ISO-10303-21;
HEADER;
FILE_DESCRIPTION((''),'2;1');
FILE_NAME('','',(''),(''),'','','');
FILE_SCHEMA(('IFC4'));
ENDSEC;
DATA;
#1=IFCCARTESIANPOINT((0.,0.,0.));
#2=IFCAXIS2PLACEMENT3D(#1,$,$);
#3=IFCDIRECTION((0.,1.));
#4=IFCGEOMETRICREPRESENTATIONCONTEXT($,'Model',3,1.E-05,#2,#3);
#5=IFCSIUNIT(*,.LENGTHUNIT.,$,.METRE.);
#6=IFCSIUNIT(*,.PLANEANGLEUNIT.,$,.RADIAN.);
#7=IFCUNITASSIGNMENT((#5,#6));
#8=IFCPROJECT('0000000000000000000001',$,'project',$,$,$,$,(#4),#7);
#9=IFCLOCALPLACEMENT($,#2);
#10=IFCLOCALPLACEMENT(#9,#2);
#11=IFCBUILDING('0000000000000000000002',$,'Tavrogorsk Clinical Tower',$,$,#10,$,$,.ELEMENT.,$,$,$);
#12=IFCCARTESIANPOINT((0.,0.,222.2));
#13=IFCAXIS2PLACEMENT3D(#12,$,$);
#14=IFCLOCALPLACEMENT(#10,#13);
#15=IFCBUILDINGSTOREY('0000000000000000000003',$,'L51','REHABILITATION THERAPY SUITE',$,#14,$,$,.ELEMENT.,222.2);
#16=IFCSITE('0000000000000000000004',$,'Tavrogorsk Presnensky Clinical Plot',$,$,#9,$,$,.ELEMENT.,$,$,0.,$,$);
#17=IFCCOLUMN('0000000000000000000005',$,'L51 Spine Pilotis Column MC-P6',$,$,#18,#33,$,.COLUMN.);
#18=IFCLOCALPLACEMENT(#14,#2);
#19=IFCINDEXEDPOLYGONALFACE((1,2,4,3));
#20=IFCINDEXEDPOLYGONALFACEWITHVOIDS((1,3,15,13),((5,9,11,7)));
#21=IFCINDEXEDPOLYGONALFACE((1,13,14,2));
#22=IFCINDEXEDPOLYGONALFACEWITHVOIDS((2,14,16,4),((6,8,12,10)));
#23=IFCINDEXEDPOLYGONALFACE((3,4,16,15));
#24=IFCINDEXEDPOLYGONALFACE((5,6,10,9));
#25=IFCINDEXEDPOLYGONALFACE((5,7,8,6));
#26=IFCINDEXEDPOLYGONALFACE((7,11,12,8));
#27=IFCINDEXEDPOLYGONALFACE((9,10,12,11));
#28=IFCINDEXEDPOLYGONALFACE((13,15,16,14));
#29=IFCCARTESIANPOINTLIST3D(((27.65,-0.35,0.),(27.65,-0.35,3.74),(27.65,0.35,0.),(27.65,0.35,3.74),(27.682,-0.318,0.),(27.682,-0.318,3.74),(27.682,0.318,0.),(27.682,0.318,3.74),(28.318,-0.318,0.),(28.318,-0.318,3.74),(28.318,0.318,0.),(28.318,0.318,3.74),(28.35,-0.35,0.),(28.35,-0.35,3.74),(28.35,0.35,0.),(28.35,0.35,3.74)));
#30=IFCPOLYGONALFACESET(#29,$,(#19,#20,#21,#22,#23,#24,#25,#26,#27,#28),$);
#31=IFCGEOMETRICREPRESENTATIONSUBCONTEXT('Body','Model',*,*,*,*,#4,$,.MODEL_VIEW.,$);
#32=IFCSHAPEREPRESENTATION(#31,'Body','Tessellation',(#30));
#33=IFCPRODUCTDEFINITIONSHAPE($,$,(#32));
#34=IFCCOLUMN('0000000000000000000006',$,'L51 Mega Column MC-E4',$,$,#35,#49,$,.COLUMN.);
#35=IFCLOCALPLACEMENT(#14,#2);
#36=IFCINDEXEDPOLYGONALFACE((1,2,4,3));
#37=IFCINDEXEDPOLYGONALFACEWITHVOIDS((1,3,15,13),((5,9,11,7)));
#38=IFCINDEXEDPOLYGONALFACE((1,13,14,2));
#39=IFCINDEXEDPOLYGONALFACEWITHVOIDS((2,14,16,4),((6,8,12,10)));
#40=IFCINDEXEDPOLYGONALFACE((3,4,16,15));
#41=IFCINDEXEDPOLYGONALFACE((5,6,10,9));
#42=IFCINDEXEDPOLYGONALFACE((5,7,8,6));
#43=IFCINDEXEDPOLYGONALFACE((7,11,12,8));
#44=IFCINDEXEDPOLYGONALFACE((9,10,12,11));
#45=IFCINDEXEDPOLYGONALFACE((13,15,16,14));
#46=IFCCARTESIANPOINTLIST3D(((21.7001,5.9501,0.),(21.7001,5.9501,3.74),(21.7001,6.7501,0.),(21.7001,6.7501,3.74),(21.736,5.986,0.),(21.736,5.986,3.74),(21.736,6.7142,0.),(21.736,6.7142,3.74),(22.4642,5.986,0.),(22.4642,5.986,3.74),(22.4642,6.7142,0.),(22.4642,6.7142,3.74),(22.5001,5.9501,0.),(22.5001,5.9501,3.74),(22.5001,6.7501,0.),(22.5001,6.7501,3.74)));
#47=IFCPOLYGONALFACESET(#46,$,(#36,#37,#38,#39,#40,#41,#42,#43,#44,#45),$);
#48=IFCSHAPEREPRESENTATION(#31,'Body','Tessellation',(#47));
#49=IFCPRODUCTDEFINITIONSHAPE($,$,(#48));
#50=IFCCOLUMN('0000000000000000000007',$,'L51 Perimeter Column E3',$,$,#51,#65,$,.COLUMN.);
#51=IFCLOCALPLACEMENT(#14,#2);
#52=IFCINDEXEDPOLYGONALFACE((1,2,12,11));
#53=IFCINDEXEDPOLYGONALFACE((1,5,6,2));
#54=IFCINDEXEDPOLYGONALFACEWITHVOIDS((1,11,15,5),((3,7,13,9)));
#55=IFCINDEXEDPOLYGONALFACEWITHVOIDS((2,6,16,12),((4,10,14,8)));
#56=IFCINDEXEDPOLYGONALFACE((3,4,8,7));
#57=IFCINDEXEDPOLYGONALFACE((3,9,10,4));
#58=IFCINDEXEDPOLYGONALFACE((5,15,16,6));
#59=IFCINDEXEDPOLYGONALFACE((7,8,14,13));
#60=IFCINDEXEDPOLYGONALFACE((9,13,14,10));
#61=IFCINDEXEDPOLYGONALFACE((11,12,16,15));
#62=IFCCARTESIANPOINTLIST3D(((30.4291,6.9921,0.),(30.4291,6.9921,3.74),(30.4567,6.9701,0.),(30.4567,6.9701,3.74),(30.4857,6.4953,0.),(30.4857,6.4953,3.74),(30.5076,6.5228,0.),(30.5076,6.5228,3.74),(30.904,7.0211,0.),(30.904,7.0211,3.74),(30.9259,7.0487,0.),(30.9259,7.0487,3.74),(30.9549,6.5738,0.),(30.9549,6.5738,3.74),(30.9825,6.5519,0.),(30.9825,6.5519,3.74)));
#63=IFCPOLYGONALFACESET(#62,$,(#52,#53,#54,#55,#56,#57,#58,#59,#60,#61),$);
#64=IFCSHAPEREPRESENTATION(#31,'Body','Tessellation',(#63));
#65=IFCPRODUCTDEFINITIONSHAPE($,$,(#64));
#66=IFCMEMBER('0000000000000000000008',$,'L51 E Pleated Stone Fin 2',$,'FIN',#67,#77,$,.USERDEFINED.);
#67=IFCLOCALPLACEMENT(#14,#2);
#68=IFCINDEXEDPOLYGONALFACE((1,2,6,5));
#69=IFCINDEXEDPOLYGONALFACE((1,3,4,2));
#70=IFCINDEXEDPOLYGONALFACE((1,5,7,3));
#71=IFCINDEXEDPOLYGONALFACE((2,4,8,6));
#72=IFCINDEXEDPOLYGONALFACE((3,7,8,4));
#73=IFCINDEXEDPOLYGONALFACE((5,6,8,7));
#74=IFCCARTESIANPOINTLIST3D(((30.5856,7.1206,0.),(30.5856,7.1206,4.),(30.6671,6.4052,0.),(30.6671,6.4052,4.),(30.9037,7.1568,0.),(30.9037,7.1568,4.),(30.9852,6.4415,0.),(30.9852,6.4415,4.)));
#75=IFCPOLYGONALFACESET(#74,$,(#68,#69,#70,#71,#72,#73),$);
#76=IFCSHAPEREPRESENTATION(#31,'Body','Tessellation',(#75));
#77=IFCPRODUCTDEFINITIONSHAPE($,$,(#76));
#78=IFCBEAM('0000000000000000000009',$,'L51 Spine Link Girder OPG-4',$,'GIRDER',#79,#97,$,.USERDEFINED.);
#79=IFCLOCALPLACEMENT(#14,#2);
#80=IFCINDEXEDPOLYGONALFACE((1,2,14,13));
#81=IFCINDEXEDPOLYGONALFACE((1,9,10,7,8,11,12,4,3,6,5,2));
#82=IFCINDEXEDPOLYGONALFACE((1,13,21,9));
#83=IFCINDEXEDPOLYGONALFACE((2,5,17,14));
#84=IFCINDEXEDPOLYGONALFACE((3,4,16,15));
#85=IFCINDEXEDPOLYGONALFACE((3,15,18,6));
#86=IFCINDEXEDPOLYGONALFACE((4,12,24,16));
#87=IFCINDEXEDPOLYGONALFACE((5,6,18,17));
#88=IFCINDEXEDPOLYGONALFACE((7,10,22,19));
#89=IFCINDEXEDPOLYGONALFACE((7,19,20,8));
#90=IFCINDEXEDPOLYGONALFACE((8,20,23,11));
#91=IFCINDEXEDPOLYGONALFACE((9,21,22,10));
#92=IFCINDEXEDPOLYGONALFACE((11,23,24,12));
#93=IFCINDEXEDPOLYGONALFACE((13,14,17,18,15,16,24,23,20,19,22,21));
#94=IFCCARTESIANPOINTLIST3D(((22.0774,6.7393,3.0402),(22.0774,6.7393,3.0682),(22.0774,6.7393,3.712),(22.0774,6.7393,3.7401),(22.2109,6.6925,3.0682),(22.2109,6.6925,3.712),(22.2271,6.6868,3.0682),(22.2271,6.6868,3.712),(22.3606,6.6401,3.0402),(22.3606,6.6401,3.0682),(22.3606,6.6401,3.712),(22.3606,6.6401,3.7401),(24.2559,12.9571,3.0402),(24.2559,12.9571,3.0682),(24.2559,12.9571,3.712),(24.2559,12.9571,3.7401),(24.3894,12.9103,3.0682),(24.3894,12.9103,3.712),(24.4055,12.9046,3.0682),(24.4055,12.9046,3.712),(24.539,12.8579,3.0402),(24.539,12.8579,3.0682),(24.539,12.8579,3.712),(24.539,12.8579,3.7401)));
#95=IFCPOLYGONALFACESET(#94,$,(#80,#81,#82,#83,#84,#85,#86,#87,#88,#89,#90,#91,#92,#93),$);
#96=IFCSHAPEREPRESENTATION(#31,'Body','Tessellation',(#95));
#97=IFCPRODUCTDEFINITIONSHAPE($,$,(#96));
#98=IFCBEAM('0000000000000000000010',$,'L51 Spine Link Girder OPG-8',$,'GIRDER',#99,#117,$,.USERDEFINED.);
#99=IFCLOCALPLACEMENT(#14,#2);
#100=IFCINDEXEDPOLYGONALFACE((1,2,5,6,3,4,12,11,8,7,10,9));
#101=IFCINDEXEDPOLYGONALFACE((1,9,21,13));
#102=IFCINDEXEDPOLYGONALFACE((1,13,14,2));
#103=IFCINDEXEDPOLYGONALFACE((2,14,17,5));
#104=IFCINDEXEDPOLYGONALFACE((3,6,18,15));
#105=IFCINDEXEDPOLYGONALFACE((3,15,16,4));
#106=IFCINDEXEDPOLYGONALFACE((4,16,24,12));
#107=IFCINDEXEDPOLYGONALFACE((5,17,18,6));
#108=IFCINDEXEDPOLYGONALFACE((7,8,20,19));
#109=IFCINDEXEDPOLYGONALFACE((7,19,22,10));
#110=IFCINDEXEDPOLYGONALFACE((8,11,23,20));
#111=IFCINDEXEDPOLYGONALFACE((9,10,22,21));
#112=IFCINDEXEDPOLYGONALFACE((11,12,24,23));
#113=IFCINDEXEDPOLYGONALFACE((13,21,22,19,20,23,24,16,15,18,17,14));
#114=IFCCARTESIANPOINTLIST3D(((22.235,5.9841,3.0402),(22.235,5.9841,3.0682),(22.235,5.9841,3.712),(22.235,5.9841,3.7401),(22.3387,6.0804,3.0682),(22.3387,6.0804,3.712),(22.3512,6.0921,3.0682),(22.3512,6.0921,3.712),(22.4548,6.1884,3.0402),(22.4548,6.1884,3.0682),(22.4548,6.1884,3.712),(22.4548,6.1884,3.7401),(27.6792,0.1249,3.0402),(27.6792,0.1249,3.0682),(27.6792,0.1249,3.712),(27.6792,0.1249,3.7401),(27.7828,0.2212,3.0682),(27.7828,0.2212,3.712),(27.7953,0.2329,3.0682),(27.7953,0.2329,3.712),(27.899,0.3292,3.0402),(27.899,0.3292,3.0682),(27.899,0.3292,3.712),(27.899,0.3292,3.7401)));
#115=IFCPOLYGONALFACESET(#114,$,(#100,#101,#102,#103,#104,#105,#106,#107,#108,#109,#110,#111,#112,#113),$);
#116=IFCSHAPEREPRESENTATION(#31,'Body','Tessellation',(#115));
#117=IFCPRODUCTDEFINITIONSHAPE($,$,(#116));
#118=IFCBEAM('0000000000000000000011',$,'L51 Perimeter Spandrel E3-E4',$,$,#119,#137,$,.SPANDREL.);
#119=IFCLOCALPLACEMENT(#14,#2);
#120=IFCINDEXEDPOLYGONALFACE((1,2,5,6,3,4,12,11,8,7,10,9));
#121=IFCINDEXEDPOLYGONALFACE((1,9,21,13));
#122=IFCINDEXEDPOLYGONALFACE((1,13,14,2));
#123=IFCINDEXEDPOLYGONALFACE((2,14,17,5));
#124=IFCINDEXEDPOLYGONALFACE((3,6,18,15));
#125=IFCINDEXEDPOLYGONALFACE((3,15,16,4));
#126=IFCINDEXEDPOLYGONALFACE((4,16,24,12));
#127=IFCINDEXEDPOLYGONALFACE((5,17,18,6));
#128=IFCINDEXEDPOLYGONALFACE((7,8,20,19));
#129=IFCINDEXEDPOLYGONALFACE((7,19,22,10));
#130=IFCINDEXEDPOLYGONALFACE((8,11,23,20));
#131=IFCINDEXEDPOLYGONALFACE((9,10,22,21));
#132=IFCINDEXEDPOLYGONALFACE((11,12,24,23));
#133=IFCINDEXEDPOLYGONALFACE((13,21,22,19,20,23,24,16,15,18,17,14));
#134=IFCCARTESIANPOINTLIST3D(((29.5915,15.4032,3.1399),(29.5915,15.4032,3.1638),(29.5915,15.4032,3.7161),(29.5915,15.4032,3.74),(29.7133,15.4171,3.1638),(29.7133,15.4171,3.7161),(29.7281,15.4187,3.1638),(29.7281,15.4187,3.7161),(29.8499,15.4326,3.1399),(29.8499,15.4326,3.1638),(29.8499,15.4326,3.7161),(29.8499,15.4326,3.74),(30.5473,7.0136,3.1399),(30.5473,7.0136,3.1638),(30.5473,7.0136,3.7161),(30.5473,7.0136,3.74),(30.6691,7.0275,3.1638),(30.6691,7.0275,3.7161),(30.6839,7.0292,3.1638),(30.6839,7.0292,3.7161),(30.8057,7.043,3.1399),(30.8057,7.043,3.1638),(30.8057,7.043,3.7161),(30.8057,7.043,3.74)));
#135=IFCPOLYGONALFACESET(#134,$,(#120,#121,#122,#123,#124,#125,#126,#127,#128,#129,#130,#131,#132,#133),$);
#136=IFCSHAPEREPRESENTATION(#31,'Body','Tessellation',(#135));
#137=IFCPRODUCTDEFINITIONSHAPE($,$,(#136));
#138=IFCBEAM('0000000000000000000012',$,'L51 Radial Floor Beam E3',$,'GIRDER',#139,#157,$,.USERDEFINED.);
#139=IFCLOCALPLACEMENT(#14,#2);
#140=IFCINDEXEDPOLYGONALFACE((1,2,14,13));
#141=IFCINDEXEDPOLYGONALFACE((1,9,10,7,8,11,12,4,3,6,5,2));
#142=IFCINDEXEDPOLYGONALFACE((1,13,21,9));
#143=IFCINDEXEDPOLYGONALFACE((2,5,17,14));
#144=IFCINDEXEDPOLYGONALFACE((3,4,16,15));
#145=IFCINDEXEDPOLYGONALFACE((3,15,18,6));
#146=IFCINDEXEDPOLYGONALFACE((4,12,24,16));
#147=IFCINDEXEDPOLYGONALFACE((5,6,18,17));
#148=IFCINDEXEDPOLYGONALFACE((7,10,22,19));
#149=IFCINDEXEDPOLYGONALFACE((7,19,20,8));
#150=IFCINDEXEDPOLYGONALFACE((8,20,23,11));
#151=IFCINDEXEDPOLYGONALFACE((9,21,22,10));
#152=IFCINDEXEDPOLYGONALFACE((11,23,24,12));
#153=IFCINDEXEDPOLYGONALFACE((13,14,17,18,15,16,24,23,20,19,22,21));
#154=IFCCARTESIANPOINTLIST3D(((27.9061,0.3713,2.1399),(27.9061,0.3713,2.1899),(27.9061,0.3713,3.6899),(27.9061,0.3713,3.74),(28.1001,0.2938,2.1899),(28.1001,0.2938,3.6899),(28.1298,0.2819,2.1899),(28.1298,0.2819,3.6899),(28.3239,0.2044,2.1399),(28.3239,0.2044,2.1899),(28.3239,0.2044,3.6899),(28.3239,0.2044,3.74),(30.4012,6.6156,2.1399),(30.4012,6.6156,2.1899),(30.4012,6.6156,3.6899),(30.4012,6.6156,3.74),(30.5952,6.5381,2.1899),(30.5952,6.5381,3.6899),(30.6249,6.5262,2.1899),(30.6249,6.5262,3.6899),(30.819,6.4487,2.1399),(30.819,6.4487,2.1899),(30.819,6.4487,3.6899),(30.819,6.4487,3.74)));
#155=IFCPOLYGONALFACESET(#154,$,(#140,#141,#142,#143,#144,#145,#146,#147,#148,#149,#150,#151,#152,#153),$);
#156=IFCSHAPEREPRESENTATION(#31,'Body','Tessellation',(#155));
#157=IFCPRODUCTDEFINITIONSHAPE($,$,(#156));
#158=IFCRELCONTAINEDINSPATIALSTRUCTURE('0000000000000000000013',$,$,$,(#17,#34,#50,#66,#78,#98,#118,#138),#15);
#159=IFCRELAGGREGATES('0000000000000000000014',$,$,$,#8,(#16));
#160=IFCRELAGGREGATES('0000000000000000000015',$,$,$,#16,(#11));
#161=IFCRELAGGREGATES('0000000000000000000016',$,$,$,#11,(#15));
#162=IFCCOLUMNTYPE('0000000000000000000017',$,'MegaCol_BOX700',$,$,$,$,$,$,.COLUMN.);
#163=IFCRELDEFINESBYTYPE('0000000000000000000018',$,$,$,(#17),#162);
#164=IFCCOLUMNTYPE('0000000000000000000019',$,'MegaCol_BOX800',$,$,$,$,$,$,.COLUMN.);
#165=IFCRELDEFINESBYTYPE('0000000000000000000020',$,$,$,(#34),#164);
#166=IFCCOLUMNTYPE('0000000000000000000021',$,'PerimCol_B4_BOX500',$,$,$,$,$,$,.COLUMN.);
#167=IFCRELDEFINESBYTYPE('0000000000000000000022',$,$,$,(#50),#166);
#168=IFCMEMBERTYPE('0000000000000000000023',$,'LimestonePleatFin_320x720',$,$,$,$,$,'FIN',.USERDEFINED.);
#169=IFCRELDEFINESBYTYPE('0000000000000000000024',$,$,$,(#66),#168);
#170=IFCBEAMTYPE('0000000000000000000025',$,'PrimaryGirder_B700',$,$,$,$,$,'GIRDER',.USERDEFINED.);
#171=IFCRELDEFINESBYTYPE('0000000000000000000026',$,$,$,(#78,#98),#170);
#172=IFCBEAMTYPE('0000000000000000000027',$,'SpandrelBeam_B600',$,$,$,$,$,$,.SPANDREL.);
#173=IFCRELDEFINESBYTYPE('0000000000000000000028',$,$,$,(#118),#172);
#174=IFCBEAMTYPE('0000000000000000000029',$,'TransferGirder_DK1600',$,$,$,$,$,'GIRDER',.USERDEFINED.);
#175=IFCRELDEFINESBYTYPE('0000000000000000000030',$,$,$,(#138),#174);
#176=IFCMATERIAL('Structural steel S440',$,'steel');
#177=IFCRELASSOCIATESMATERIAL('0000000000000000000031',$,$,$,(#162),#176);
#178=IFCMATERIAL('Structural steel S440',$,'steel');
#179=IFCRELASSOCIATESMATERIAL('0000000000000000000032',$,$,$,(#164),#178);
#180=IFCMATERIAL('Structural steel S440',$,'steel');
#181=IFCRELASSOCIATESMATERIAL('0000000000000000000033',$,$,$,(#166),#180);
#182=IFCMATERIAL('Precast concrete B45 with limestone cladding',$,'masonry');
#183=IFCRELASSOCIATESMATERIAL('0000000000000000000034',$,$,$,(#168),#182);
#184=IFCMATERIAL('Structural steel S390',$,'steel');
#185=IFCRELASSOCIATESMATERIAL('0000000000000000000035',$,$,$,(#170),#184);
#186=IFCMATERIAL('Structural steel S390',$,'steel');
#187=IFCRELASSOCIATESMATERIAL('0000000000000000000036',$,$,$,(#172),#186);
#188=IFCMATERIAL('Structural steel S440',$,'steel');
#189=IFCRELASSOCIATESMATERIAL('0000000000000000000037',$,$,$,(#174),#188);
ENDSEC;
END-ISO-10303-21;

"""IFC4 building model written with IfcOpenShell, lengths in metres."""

from ifc_helpers import new_model, si_unit, direction, frame, origin, origin_2d, place, context, subcontext, project, spatial, rectangle, hollow_rectangle, i_section, extrude, material, material_profile, profile_set, type_object, element, save


model = new_model("IFC4")

# Units and contexts
model_context = context("Model", 3, precision=1e-05, world=origin(), true_north=direction((0.0, 1.0)))
body_context = subcontext(model_context, "Body", "Model", "MODEL_VIEW")
ifc_project = project(units=[si_unit("LENGTHUNIT", "METRE"), si_unit("PLANEANGLEUNIT", "RADIAN")], contexts=[model_context])

# Site, building, storey
site_placement = place(None, origin())
site = spatial("IfcSite", under=ifc_project, at=site_placement, Name="Tavrogorsk Presnensky Clinical Plot", CompositionType="ELEMENT", RefElevation=0.0)
building_placement = place(site_placement, origin())
building = spatial("IfcBuilding", under=site, at=building_placement, Name="Tavrogorsk Clinical Tower", CompositionType="ELEMENT")
storey_placement = place(building_placement, frame((0.0, 0.0, 222.2)))
storey = spatial("IfcBuildingStorey", under=building, at=storey_placement, Name="L51", Description="REHABILITATION THERAPY SUITE", CompositionType="ELEMENT", Elevation=222.2)

# Columns
ifc_material_1 = material(Name="Structural steel S440", Category="steel")
ifc_material_profile_1 = material_profile(ifc_material_1, hollow_rectangle(XDim=0.7, YDim=0.7, WallThickness=0.032, at=origin_2d()), Name="BOX-700x700x32")
ifc_profile_set_1 = profile_set([ifc_material_profile_1], Name="Structural steel S440")
column_type_1 = type_object("IfcColumnType", Name="MegaCol_BOX700", PredefinedType="COLUMN", material=ifc_profile_set_1)
column_1_placement = place(storey_placement, frame((28.0, 0.0, 0.0), z_axis=(0.0, 0.0, 1.0), x_axis=(1.0, 0.0, 0.0)))
element("IfcColumn", 1, at=column_1_placement, inside=storey, type_object=column_type_1, Name="L51 Spine Pilotis Column MC-P6", PredefinedType="COLUMN", context=body_context, shape_type="SweptSolid", body=[
    extrude(hollow_rectangle(XDim=0.7, YDim=0.7, WallThickness=0.032, at=origin_2d()), origin(), (0.0, 0.0, 1.0), 3.74),
])
ifc_material_2 = material(Name="Structural steel S440", Category="steel")
ifc_material_profile_2 = material_profile(ifc_material_2, hollow_rectangle(XDim=0.8, YDim=0.8, WallThickness=0.0359, at=origin_2d()), Name="BOX-800x800x36")
ifc_profile_set_2 = profile_set([ifc_material_profile_2], Name="Structural steel S440")
column_type_2 = type_object("IfcColumnType", Name="MegaCol_BOX800", PredefinedType="COLUMN", material=ifc_profile_set_2)
column_2_placement = place(storey_placement, frame((22.1001, 6.3501, 0.0), z_axis=(0.0, 0.0, 1.0), x_axis=(1.0, 0.0, 0.0)))
element("IfcColumn", 2, at=column_2_placement, inside=storey, type_object=column_type_2, Name="L51 Mega Column MC-E4", PredefinedType="COLUMN", context=body_context, shape_type="SweptSolid", body=[
    extrude(hollow_rectangle(XDim=0.8, YDim=0.8, WallThickness=0.0359, at=origin_2d()), origin(), (0.0, 0.0, 1.0), 3.74),
])
ifc_material_3 = material(Name="Structural steel S440", Category="steel")
ifc_material_profile_3 = material_profile(ifc_material_3, hollow_rectangle(XDim=0.5, YDim=0.5, WallThickness=0.0249, at=origin_2d()), Name="BOX-500x500x25")
ifc_profile_set_3 = profile_set([ifc_material_profile_3], Name="Structural steel S440")
column_type_3 = type_object("IfcColumnType", Name="PerimCol_B4_BOX500", PredefinedType="COLUMN", material=ifc_profile_set_3)
column_3_placement = place(storey_placement, frame((30.7058, 6.772, 0.0), z_axis=(0.0, 0.0, 1.0), x_axis=(0.993572, 0.113203, 0.0)))
element("IfcColumn", 3, at=column_3_placement, inside=storey, type_object=column_type_3, Name="L51 Perimeter Column E3", PredefinedType="COLUMN", context=body_context, shape_type="SweptSolid", body=[
    extrude(hollow_rectangle(XDim=0.5, YDim=0.5, WallThickness=0.0249, at=origin_2d()), origin(), (0.0, 0.0, 1.0), 3.74),
])

# Member
ifc_material_4 = material(Name="Precast concrete B45 with limestone cladding", Category="masonry")
ifc_material_profile_4 = material_profile(ifc_material_4, rectangle(XDim=0.3201, YDim=0.72, at=origin_2d()), Name="LIMESTONE-FIN-320x720")
ifc_profile_set_4 = profile_set([ifc_material_profile_4], Name="Precast concrete B45 with limestone cladding")
member_type = type_object("IfcMemberType", Name="LimestonePleatFin_320x720", ElementType="FIN", PredefinedType="USERDEFINED", material=ifc_profile_set_4)
member_placement = place(storey_placement, frame((30.7854, 6.781, 0.0), z_axis=(0.0, 0.0, 1.0), x_axis=(0.993572, 0.113203, 0.0)))
element("IfcMember", 4, at=member_placement, inside=storey, type_object=member_type, Name="L51 E Pleated Stone Fin 2", ObjectType="FIN", PredefinedType="USERDEFINED", context=body_context, shape_type="SweptSolid", body=[
    extrude(rectangle(XDim=0.3201, YDim=0.72, at=origin_2d()), origin(), (0.0, 0.0, 1.0), 4.0),
])

# Beams
ifc_material_5 = material(Name="Structural steel S390", Category="steel")
ifc_material_profile_5 = material_profile(ifc_material_5, i_section(OverallWidth=0.3, OverallDepth=0.7, WebThickness=0.0171, FlangeThickness=0.0281, at=origin_2d()), Name="B-700x300x17x28")
ifc_profile_set_5 = profile_set([ifc_material_profile_5], Name="Structural steel S390")
beam_type_1 = type_object("IfcBeamType", Name="PrimaryGirder_B700", ElementType="GIRDER", PredefinedType="USERDEFINED", material=ifc_profile_set_5)
beam_1_placement = place(storey_placement, frame((24.3975, 12.9075, 3.3901), z_axis=(-0.330654, -0.943752, 0.0), x_axis=(0.943752, -0.330654, 0.0)))
element("IfcBeam", 5, at=beam_1_placement, inside=storey, type_object=beam_type_1, Name="L51 Spine Link Girder OPG-4", ObjectType="GIRDER", PredefinedType="USERDEFINED", context=body_context, shape_type="SweptSolid", body=[
    extrude(i_section(OverallWidth=0.3, OverallDepth=0.7, WebThickness=0.0171, FlangeThickness=0.0281, at=origin_2d()), origin(), (0.0, 0.0, 1.0), 6.5884),
])
beam_2_placement = place(storey_placement, frame((27.7891, 0.2271, 3.3901), z_axis=(-0.680684, 0.732577, 0.0), x_axis=(-0.732577, -0.680684, 0.0)))
element("IfcBeam", 6, at=beam_2_placement, inside=storey, type_object=beam_type_1, Name="L51 Spine Link Girder OPG-8", ObjectType="GIRDER", PredefinedType="USERDEFINED", context=body_context, shape_type="SweptSolid", body=[
    extrude(i_section(OverallWidth=0.3, OverallDepth=0.7, WebThickness=0.0171, FlangeThickness=0.0281, at=origin_2d()), origin(), (0.0, 0.0, 1.0), 7.998),
])
ifc_material_6 = material(Name="Structural steel S390", Category="steel")
ifc_material_profile_6 = material_profile(ifc_material_6, i_section(OverallWidth=0.26, OverallDepth=0.6001, WebThickness=0.0149, FlangeThickness=0.0239, at=origin_2d()), Name="B-600x260x15x24")
ifc_profile_set_6 = profile_set([ifc_material_profile_6], Name="Structural steel S390")
beam_type_2 = type_object("IfcBeamType", Name="SpandrelBeam_B600", PredefinedType="SPANDREL", material=ifc_profile_set_6)
beam_3_placement = place(storey_placement, frame((30.6765, 7.0283, 3.4399), z_axis=(-0.113195, 0.993573, 0.0), x_axis=(-0.993573, -0.113195, 0.0)))
element("IfcBeam", 7, at=beam_3_placement, inside=storey, type_object=beam_type_2, Name="L51 Perimeter Spandrel E3-E4", PredefinedType="SPANDREL", context=body_context, shape_type="SweptSolid", body=[
    extrude(i_section(OverallWidth=0.26, OverallDepth=0.6001, WebThickness=0.0149, FlangeThickness=0.0239, at=origin_2d()), origin(), (0.0, 0.0, 1.0), 8.4438),
])
ifc_material_7 = material(Name="Structural steel S440", Category="steel")
ifc_material_profile_7 = material_profile(ifc_material_7, i_section(OverallWidth=0.45, OverallDepth=1.6001, WebThickness=0.032, FlangeThickness=0.05, at=origin_2d()), Name="DK-1600x450x32x50")
ifc_profile_set_7 = profile_set([ifc_material_profile_7], Name="Structural steel S440")
beam_type_3 = type_object("IfcBeamType", Name="TransferGirder_DK1600", ElementType="GIRDER", PredefinedType="USERDEFINED", material=ifc_profile_set_7)
beam_4_placement = place(storey_placement, frame((28.115, 0.2878, 2.9399), z_axis=(0.371053, 0.928612, 0.0), x_axis=(-0.928612, 0.371053, 0.0)))
element("IfcBeam", 8, at=beam_4_placement, inside=storey, type_object=beam_type_3, Name="L51 Radial Floor Beam E3", ObjectType="GIRDER", PredefinedType="USERDEFINED", context=body_context, shape_type="SweptSolid", body=[
    extrude(i_section(OverallWidth=0.45, OverallDepth=1.6001, WebThickness=0.032, FlangeThickness=0.05, at=origin_2d()), origin(), (0.0, 0.0, 1.0), 6.7244),
])

save(model, "model.ifc")
